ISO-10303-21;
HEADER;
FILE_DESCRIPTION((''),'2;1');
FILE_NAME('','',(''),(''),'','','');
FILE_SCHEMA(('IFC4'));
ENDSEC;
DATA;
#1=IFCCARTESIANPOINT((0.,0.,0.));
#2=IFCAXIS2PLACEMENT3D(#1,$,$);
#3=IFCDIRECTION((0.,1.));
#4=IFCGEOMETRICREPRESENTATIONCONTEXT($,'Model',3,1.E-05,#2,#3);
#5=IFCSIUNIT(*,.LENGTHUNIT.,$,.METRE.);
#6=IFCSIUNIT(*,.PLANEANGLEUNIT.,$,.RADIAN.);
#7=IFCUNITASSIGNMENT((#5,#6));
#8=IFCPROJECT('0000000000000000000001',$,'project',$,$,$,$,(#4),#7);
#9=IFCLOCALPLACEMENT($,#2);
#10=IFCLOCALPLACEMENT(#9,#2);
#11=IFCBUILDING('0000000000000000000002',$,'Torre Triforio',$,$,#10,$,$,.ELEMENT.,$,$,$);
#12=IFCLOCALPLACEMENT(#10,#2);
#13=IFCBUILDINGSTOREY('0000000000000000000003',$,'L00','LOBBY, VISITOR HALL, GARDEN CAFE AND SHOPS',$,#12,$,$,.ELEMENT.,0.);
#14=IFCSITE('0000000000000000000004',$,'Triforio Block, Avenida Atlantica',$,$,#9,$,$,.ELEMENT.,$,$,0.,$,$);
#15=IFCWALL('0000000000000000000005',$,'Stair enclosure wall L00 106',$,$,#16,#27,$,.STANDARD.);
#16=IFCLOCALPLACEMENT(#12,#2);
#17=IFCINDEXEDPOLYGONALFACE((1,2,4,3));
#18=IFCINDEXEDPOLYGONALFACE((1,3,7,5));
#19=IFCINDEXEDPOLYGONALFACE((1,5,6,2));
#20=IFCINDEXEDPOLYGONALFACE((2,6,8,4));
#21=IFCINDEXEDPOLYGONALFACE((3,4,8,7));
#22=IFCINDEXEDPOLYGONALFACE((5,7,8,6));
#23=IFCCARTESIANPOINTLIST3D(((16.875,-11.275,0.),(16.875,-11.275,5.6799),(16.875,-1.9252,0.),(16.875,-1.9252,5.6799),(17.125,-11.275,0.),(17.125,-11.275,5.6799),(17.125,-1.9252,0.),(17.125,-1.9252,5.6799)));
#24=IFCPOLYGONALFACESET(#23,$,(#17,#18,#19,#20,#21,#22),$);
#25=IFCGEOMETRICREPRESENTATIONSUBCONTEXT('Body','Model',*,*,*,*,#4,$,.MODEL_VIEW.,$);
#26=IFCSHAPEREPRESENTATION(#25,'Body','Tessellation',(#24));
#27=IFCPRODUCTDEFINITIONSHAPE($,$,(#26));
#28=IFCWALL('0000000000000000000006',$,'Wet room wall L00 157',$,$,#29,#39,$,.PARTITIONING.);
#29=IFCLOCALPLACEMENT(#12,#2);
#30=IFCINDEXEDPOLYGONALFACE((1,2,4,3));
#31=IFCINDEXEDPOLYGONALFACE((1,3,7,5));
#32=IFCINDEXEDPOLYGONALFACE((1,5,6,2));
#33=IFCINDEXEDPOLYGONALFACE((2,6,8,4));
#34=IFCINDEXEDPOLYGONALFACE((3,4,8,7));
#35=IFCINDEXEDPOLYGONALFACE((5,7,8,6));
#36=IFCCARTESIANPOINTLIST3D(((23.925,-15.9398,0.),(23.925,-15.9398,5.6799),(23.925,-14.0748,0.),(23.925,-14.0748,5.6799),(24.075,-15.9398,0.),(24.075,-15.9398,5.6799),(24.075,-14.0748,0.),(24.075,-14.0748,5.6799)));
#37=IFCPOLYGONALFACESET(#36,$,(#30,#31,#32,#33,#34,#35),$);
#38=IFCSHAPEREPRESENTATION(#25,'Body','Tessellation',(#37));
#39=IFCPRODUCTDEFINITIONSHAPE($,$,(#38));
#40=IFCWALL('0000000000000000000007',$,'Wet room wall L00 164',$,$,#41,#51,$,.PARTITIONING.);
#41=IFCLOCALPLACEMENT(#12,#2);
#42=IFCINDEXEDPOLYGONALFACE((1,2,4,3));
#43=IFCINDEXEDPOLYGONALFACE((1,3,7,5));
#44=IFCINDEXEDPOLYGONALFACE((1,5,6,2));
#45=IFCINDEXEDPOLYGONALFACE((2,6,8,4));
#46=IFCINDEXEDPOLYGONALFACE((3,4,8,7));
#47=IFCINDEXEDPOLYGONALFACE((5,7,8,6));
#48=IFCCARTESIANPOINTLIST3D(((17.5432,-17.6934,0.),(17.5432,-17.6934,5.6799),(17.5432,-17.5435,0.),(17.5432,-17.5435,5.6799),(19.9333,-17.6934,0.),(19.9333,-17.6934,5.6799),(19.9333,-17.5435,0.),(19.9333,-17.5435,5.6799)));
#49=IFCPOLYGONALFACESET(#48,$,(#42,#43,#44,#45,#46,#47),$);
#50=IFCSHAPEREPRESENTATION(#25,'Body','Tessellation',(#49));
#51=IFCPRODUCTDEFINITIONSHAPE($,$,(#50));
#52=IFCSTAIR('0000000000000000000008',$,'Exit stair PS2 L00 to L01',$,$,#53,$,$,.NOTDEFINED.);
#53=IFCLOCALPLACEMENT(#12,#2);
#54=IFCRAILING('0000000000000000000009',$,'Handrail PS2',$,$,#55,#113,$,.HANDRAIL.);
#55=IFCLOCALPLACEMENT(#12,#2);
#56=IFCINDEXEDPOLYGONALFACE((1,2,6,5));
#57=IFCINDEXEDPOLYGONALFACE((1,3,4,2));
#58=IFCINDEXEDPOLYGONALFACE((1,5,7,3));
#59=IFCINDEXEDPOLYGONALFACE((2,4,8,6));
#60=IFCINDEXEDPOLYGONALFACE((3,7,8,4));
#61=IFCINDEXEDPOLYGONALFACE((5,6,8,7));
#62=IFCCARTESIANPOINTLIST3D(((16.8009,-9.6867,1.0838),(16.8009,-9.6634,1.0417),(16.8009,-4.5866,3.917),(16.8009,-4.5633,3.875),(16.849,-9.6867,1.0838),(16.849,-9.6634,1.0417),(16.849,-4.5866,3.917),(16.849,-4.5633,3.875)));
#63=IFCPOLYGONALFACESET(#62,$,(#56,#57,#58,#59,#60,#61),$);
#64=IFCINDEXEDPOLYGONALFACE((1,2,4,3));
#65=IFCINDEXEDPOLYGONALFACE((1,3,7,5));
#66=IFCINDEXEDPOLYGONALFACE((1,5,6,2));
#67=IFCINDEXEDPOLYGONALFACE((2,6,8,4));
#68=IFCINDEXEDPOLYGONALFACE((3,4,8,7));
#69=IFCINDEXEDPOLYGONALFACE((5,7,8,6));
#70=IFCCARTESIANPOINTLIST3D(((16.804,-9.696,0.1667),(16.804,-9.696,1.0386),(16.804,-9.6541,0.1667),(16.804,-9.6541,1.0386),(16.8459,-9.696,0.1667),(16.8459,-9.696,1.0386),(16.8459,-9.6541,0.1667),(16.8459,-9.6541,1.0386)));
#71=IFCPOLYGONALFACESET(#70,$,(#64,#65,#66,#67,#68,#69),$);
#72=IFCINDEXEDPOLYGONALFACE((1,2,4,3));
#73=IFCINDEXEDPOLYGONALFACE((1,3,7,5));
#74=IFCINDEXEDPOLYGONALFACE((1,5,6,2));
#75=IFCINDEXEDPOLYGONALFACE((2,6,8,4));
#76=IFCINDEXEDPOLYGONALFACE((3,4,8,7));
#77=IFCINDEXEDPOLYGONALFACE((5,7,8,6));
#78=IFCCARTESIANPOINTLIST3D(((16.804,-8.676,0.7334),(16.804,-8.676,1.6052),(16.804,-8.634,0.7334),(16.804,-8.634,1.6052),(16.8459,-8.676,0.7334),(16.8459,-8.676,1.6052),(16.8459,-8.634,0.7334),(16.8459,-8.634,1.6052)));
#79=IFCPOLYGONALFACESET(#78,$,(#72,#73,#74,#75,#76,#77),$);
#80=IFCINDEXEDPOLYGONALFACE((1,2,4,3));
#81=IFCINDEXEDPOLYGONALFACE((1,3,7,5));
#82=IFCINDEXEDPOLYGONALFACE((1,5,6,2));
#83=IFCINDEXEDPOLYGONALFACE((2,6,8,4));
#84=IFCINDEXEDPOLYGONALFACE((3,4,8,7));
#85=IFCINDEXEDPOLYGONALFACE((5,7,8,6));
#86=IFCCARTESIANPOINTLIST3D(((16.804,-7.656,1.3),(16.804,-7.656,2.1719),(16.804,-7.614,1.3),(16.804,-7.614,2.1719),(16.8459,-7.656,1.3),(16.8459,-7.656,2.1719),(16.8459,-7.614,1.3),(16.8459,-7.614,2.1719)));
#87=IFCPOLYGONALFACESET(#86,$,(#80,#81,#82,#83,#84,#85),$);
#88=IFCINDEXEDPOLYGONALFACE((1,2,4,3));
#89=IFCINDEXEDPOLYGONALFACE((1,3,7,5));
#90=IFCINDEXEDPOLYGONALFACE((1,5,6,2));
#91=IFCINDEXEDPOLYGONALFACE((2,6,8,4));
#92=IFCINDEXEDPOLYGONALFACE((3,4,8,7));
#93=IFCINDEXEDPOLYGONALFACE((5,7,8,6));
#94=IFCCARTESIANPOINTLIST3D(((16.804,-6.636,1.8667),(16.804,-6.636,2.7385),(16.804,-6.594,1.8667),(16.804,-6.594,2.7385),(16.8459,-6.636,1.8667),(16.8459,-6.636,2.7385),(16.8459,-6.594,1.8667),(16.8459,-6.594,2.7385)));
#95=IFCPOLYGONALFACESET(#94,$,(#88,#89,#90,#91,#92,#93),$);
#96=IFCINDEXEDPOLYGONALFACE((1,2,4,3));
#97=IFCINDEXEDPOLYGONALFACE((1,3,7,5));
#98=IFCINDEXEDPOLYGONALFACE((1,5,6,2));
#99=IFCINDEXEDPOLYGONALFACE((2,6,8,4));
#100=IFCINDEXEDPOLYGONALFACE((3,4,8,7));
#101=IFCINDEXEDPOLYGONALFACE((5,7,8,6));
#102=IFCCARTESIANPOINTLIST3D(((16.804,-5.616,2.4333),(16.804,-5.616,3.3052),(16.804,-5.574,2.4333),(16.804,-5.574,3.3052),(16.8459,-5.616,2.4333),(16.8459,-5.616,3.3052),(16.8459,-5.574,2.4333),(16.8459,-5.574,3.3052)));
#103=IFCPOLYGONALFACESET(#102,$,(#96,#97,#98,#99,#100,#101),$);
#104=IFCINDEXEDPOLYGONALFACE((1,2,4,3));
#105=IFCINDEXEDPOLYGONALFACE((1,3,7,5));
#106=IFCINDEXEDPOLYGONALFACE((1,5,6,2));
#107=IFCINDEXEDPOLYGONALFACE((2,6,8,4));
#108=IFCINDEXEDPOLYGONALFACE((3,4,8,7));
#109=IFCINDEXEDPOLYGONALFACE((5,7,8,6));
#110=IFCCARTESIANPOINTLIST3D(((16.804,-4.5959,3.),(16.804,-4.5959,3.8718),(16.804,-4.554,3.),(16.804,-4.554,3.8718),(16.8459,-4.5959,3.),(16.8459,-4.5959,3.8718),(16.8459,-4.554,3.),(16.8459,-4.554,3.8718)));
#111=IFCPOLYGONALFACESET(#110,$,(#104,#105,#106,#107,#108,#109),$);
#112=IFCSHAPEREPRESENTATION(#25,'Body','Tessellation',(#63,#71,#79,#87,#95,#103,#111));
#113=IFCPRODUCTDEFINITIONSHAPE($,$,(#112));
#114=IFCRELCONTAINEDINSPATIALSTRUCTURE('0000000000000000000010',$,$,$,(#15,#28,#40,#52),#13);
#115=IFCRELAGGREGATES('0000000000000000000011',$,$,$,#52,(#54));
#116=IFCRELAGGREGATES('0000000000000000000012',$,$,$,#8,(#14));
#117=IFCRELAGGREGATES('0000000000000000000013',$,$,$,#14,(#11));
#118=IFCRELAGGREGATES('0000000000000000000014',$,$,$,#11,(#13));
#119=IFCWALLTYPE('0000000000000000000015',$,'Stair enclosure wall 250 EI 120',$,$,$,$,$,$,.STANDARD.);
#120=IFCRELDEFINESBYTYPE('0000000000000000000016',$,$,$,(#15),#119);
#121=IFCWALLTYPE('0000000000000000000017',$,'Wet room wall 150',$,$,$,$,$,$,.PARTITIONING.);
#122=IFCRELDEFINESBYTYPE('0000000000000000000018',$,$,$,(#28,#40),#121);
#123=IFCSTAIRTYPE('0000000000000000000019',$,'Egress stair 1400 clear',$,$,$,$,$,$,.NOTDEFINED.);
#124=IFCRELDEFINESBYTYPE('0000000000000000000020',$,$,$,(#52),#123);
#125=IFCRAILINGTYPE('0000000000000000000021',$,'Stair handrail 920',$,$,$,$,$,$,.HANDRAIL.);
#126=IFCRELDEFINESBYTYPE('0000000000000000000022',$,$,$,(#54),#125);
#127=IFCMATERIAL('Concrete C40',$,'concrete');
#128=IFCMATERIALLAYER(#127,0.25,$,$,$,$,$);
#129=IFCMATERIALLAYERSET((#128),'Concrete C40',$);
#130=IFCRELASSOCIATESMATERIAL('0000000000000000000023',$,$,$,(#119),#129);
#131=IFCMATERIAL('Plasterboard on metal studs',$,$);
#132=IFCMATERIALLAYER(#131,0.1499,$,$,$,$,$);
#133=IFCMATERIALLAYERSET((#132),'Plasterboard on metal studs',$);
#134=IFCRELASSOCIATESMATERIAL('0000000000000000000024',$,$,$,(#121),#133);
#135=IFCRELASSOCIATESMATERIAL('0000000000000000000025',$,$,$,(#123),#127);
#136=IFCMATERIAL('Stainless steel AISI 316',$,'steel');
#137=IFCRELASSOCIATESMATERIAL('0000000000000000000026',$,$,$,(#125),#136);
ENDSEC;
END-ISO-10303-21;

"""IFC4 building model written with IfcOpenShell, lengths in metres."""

from ifc_helpers import new_model, si_unit, direction, frame, frame_2d, origin, origin_2d, place, context, subcontext, project, spatial, rectangle, extrude, material, layer, layer_set, type_object, element, aggregate, save


model = new_model("IFC4")

# Units and contexts
model_context = context("Model", 3, precision=1e-05, world=origin(), true_north=direction((0.0, 1.0)))
body_context = subcontext(model_context, "Body", "Model", "MODEL_VIEW")
ifc_project = project(units=[si_unit("LENGTHUNIT", "METRE"), si_unit("PLANEANGLEUNIT", "RADIAN")], contexts=[model_context])

# Site, building, storey
site_placement = place(None, origin())
site = spatial("IfcSite", under=ifc_project, at=site_placement, Name="Triforio Block, Avenida Atlantica", CompositionType="ELEMENT", RefElevation=0.0)
building_placement = place(site_placement, origin())
building = spatial("IfcBuilding", under=site, at=building_placement, Name="Torre Triforio", CompositionType="ELEMENT")
storey_placement = place(building_placement, origin())
storey = spatial("IfcBuildingStorey", under=building, at=storey_placement, Name="L00", Description="LOBBY, VISITOR HALL, GARDEN CAFE AND SHOPS", CompositionType="ELEMENT", Elevation=0.0)

# Shared definitions
ifc_material_1 = material(Name="Plasterboard on metal studs")

# Walls
ifc_material_2 = material(Name="Concrete C40", Category="concrete")
ifc_layer_1 = layer(ifc_material_2, 0.25)
ifc_layer_set_1 = layer_set([ifc_layer_1], Name="Concrete C40")
wall_type_1 = type_object("IfcWallType", Name="Stair enclosure wall 250 EI 120", PredefinedType="STANDARD", material=ifc_layer_set_1)
wall_1_placement = place(storey_placement, frame((17.0, -11.2749, 0.0), z_axis=(0.0, 0.0, 1.0), x_axis=(0.0, 1.0, 0.0)))
element("IfcWall", 1, at=wall_1_placement, inside=storey, type_object=wall_type_1, Name="Stair enclosure wall L00 106", PredefinedType="STANDARD", context=body_context, shape_type="SweptSolid", body=[
    extrude(rectangle(XDim=9.3499, YDim=0.25, at=frame_2d((4.6748, 0.0))), origin(), (0.0, 0.0, 1.0), 5.6799),
])
ifc_layer_2 = layer(ifc_material_1, 0.1499)
ifc_layer_set_2 = layer_set([ifc_layer_2], Name="Plasterboard on metal studs")
wall_type_2 = type_object("IfcWallType", Name="Wet room wall 150", PredefinedType="PARTITIONING", material=ifc_layer_set_2)
wall_2_placement = place(storey_placement, frame((24.0, -15.9399, 0.0), z_axis=(0.0, 0.0, 1.0), x_axis=(0.0, 1.0, 0.0)))
element("IfcWall", 2, at=wall_2_placement, inside=storey, type_object=wall_type_2, Name="Wet room wall L00 157", PredefinedType="PARTITIONING", context=body_context, shape_type="SweptSolid", body=[
    extrude(rectangle(XDim=1.865, YDim=0.1499, at=frame_2d((0.9326, 0.0))), origin(), (0.0, 0.0, 1.0), 5.6799),
])
wall_3_placement = place(storey_placement, frame((17.5432, -17.6184, 0.0), z_axis=(0.0, 0.0, 1.0), x_axis=(1.0, 0.0, 0.0)))
element("IfcWall", 3, at=wall_3_placement, inside=storey, type_object=wall_type_2, Name="Wet room wall L00 164", PredefinedType="PARTITIONING", context=body_context, shape_type="SweptSolid", body=[
    extrude(rectangle(XDim=2.3901, YDim=0.1499, at=frame_2d((1.1951, 0.0))), origin(), (0.0, 0.0, 1.0), 5.6799),
])

# Stair, railing
stair_type = type_object("IfcStairType", Name="Egress stair 1400 clear", PredefinedType="NOTDEFINED", material=ifc_material_2)
stair_placement = place(storey_placement, origin())
stair = element("IfcStair", 4, at=stair_placement, inside=storey, type_object=stair_type, Name="Exit stair PS2 L00 to L01", PredefinedType="NOTDEFINED")
ifc_material_3 = material(Name="Stainless steel AISI 316", Category="steel")
railing_type = type_object("IfcRailingType", Name="Stair handrail 920", PredefinedType="HANDRAIL", material=ifc_material_3)
railing_placement = place(storey_placement, frame((16.825, -9.675, 0.1667)))
railing = element("IfcRailing", 5, at=railing_placement, type_object=railing_type, Name="Handrail PS2", PredefinedType="HANDRAIL", context=body_context, shape_type="SweptSolid", body=[
    extrude(rectangle(XDim=0.0481, YDim=0.0481, at=origin_2d()), frame((0.0, 0.0, 0.896), z_axis=(0.0, 0.874167, 0.485625), x_axis=(-1.0, 0.0, 0.0)), (0.0, 0.0, 1.0), 5.8342),
    extrude(rectangle(XDim=0.042, YDim=0.042, at=origin_2d()), origin(), (0.0, 0.0, 1.0), 0.8718),
    extrude(rectangle(XDim=0.042, YDim=0.042, at=origin_2d()), frame((0.0, 1.02, 0.5667)), (0.0, 0.0, 1.0), 0.8718),
    extrude(rectangle(XDim=0.042, YDim=0.042, at=origin_2d()), frame((0.0, 2.04, 1.1333)), (0.0, 0.0, 1.0), 0.8718),
    extrude(rectangle(XDim=0.042, YDim=0.042, at=origin_2d()), frame((0.0, 3.0601, 1.7)), (0.0, 0.0, 1.0), 0.8718),
    extrude(rectangle(XDim=0.042, YDim=0.042, at=origin_2d()), frame((0.0, 4.0801, 2.2666)), (0.0, 0.0, 1.0), 0.8718),
    extrude(rectangle(XDim=0.042, YDim=0.042, at=origin_2d()), frame((0.0, 5.1001, 2.8333)), (0.0, 0.0, 1.0), 0.8718),
])
aggregate(stair, [railing])

save(model, "model.ifc")
